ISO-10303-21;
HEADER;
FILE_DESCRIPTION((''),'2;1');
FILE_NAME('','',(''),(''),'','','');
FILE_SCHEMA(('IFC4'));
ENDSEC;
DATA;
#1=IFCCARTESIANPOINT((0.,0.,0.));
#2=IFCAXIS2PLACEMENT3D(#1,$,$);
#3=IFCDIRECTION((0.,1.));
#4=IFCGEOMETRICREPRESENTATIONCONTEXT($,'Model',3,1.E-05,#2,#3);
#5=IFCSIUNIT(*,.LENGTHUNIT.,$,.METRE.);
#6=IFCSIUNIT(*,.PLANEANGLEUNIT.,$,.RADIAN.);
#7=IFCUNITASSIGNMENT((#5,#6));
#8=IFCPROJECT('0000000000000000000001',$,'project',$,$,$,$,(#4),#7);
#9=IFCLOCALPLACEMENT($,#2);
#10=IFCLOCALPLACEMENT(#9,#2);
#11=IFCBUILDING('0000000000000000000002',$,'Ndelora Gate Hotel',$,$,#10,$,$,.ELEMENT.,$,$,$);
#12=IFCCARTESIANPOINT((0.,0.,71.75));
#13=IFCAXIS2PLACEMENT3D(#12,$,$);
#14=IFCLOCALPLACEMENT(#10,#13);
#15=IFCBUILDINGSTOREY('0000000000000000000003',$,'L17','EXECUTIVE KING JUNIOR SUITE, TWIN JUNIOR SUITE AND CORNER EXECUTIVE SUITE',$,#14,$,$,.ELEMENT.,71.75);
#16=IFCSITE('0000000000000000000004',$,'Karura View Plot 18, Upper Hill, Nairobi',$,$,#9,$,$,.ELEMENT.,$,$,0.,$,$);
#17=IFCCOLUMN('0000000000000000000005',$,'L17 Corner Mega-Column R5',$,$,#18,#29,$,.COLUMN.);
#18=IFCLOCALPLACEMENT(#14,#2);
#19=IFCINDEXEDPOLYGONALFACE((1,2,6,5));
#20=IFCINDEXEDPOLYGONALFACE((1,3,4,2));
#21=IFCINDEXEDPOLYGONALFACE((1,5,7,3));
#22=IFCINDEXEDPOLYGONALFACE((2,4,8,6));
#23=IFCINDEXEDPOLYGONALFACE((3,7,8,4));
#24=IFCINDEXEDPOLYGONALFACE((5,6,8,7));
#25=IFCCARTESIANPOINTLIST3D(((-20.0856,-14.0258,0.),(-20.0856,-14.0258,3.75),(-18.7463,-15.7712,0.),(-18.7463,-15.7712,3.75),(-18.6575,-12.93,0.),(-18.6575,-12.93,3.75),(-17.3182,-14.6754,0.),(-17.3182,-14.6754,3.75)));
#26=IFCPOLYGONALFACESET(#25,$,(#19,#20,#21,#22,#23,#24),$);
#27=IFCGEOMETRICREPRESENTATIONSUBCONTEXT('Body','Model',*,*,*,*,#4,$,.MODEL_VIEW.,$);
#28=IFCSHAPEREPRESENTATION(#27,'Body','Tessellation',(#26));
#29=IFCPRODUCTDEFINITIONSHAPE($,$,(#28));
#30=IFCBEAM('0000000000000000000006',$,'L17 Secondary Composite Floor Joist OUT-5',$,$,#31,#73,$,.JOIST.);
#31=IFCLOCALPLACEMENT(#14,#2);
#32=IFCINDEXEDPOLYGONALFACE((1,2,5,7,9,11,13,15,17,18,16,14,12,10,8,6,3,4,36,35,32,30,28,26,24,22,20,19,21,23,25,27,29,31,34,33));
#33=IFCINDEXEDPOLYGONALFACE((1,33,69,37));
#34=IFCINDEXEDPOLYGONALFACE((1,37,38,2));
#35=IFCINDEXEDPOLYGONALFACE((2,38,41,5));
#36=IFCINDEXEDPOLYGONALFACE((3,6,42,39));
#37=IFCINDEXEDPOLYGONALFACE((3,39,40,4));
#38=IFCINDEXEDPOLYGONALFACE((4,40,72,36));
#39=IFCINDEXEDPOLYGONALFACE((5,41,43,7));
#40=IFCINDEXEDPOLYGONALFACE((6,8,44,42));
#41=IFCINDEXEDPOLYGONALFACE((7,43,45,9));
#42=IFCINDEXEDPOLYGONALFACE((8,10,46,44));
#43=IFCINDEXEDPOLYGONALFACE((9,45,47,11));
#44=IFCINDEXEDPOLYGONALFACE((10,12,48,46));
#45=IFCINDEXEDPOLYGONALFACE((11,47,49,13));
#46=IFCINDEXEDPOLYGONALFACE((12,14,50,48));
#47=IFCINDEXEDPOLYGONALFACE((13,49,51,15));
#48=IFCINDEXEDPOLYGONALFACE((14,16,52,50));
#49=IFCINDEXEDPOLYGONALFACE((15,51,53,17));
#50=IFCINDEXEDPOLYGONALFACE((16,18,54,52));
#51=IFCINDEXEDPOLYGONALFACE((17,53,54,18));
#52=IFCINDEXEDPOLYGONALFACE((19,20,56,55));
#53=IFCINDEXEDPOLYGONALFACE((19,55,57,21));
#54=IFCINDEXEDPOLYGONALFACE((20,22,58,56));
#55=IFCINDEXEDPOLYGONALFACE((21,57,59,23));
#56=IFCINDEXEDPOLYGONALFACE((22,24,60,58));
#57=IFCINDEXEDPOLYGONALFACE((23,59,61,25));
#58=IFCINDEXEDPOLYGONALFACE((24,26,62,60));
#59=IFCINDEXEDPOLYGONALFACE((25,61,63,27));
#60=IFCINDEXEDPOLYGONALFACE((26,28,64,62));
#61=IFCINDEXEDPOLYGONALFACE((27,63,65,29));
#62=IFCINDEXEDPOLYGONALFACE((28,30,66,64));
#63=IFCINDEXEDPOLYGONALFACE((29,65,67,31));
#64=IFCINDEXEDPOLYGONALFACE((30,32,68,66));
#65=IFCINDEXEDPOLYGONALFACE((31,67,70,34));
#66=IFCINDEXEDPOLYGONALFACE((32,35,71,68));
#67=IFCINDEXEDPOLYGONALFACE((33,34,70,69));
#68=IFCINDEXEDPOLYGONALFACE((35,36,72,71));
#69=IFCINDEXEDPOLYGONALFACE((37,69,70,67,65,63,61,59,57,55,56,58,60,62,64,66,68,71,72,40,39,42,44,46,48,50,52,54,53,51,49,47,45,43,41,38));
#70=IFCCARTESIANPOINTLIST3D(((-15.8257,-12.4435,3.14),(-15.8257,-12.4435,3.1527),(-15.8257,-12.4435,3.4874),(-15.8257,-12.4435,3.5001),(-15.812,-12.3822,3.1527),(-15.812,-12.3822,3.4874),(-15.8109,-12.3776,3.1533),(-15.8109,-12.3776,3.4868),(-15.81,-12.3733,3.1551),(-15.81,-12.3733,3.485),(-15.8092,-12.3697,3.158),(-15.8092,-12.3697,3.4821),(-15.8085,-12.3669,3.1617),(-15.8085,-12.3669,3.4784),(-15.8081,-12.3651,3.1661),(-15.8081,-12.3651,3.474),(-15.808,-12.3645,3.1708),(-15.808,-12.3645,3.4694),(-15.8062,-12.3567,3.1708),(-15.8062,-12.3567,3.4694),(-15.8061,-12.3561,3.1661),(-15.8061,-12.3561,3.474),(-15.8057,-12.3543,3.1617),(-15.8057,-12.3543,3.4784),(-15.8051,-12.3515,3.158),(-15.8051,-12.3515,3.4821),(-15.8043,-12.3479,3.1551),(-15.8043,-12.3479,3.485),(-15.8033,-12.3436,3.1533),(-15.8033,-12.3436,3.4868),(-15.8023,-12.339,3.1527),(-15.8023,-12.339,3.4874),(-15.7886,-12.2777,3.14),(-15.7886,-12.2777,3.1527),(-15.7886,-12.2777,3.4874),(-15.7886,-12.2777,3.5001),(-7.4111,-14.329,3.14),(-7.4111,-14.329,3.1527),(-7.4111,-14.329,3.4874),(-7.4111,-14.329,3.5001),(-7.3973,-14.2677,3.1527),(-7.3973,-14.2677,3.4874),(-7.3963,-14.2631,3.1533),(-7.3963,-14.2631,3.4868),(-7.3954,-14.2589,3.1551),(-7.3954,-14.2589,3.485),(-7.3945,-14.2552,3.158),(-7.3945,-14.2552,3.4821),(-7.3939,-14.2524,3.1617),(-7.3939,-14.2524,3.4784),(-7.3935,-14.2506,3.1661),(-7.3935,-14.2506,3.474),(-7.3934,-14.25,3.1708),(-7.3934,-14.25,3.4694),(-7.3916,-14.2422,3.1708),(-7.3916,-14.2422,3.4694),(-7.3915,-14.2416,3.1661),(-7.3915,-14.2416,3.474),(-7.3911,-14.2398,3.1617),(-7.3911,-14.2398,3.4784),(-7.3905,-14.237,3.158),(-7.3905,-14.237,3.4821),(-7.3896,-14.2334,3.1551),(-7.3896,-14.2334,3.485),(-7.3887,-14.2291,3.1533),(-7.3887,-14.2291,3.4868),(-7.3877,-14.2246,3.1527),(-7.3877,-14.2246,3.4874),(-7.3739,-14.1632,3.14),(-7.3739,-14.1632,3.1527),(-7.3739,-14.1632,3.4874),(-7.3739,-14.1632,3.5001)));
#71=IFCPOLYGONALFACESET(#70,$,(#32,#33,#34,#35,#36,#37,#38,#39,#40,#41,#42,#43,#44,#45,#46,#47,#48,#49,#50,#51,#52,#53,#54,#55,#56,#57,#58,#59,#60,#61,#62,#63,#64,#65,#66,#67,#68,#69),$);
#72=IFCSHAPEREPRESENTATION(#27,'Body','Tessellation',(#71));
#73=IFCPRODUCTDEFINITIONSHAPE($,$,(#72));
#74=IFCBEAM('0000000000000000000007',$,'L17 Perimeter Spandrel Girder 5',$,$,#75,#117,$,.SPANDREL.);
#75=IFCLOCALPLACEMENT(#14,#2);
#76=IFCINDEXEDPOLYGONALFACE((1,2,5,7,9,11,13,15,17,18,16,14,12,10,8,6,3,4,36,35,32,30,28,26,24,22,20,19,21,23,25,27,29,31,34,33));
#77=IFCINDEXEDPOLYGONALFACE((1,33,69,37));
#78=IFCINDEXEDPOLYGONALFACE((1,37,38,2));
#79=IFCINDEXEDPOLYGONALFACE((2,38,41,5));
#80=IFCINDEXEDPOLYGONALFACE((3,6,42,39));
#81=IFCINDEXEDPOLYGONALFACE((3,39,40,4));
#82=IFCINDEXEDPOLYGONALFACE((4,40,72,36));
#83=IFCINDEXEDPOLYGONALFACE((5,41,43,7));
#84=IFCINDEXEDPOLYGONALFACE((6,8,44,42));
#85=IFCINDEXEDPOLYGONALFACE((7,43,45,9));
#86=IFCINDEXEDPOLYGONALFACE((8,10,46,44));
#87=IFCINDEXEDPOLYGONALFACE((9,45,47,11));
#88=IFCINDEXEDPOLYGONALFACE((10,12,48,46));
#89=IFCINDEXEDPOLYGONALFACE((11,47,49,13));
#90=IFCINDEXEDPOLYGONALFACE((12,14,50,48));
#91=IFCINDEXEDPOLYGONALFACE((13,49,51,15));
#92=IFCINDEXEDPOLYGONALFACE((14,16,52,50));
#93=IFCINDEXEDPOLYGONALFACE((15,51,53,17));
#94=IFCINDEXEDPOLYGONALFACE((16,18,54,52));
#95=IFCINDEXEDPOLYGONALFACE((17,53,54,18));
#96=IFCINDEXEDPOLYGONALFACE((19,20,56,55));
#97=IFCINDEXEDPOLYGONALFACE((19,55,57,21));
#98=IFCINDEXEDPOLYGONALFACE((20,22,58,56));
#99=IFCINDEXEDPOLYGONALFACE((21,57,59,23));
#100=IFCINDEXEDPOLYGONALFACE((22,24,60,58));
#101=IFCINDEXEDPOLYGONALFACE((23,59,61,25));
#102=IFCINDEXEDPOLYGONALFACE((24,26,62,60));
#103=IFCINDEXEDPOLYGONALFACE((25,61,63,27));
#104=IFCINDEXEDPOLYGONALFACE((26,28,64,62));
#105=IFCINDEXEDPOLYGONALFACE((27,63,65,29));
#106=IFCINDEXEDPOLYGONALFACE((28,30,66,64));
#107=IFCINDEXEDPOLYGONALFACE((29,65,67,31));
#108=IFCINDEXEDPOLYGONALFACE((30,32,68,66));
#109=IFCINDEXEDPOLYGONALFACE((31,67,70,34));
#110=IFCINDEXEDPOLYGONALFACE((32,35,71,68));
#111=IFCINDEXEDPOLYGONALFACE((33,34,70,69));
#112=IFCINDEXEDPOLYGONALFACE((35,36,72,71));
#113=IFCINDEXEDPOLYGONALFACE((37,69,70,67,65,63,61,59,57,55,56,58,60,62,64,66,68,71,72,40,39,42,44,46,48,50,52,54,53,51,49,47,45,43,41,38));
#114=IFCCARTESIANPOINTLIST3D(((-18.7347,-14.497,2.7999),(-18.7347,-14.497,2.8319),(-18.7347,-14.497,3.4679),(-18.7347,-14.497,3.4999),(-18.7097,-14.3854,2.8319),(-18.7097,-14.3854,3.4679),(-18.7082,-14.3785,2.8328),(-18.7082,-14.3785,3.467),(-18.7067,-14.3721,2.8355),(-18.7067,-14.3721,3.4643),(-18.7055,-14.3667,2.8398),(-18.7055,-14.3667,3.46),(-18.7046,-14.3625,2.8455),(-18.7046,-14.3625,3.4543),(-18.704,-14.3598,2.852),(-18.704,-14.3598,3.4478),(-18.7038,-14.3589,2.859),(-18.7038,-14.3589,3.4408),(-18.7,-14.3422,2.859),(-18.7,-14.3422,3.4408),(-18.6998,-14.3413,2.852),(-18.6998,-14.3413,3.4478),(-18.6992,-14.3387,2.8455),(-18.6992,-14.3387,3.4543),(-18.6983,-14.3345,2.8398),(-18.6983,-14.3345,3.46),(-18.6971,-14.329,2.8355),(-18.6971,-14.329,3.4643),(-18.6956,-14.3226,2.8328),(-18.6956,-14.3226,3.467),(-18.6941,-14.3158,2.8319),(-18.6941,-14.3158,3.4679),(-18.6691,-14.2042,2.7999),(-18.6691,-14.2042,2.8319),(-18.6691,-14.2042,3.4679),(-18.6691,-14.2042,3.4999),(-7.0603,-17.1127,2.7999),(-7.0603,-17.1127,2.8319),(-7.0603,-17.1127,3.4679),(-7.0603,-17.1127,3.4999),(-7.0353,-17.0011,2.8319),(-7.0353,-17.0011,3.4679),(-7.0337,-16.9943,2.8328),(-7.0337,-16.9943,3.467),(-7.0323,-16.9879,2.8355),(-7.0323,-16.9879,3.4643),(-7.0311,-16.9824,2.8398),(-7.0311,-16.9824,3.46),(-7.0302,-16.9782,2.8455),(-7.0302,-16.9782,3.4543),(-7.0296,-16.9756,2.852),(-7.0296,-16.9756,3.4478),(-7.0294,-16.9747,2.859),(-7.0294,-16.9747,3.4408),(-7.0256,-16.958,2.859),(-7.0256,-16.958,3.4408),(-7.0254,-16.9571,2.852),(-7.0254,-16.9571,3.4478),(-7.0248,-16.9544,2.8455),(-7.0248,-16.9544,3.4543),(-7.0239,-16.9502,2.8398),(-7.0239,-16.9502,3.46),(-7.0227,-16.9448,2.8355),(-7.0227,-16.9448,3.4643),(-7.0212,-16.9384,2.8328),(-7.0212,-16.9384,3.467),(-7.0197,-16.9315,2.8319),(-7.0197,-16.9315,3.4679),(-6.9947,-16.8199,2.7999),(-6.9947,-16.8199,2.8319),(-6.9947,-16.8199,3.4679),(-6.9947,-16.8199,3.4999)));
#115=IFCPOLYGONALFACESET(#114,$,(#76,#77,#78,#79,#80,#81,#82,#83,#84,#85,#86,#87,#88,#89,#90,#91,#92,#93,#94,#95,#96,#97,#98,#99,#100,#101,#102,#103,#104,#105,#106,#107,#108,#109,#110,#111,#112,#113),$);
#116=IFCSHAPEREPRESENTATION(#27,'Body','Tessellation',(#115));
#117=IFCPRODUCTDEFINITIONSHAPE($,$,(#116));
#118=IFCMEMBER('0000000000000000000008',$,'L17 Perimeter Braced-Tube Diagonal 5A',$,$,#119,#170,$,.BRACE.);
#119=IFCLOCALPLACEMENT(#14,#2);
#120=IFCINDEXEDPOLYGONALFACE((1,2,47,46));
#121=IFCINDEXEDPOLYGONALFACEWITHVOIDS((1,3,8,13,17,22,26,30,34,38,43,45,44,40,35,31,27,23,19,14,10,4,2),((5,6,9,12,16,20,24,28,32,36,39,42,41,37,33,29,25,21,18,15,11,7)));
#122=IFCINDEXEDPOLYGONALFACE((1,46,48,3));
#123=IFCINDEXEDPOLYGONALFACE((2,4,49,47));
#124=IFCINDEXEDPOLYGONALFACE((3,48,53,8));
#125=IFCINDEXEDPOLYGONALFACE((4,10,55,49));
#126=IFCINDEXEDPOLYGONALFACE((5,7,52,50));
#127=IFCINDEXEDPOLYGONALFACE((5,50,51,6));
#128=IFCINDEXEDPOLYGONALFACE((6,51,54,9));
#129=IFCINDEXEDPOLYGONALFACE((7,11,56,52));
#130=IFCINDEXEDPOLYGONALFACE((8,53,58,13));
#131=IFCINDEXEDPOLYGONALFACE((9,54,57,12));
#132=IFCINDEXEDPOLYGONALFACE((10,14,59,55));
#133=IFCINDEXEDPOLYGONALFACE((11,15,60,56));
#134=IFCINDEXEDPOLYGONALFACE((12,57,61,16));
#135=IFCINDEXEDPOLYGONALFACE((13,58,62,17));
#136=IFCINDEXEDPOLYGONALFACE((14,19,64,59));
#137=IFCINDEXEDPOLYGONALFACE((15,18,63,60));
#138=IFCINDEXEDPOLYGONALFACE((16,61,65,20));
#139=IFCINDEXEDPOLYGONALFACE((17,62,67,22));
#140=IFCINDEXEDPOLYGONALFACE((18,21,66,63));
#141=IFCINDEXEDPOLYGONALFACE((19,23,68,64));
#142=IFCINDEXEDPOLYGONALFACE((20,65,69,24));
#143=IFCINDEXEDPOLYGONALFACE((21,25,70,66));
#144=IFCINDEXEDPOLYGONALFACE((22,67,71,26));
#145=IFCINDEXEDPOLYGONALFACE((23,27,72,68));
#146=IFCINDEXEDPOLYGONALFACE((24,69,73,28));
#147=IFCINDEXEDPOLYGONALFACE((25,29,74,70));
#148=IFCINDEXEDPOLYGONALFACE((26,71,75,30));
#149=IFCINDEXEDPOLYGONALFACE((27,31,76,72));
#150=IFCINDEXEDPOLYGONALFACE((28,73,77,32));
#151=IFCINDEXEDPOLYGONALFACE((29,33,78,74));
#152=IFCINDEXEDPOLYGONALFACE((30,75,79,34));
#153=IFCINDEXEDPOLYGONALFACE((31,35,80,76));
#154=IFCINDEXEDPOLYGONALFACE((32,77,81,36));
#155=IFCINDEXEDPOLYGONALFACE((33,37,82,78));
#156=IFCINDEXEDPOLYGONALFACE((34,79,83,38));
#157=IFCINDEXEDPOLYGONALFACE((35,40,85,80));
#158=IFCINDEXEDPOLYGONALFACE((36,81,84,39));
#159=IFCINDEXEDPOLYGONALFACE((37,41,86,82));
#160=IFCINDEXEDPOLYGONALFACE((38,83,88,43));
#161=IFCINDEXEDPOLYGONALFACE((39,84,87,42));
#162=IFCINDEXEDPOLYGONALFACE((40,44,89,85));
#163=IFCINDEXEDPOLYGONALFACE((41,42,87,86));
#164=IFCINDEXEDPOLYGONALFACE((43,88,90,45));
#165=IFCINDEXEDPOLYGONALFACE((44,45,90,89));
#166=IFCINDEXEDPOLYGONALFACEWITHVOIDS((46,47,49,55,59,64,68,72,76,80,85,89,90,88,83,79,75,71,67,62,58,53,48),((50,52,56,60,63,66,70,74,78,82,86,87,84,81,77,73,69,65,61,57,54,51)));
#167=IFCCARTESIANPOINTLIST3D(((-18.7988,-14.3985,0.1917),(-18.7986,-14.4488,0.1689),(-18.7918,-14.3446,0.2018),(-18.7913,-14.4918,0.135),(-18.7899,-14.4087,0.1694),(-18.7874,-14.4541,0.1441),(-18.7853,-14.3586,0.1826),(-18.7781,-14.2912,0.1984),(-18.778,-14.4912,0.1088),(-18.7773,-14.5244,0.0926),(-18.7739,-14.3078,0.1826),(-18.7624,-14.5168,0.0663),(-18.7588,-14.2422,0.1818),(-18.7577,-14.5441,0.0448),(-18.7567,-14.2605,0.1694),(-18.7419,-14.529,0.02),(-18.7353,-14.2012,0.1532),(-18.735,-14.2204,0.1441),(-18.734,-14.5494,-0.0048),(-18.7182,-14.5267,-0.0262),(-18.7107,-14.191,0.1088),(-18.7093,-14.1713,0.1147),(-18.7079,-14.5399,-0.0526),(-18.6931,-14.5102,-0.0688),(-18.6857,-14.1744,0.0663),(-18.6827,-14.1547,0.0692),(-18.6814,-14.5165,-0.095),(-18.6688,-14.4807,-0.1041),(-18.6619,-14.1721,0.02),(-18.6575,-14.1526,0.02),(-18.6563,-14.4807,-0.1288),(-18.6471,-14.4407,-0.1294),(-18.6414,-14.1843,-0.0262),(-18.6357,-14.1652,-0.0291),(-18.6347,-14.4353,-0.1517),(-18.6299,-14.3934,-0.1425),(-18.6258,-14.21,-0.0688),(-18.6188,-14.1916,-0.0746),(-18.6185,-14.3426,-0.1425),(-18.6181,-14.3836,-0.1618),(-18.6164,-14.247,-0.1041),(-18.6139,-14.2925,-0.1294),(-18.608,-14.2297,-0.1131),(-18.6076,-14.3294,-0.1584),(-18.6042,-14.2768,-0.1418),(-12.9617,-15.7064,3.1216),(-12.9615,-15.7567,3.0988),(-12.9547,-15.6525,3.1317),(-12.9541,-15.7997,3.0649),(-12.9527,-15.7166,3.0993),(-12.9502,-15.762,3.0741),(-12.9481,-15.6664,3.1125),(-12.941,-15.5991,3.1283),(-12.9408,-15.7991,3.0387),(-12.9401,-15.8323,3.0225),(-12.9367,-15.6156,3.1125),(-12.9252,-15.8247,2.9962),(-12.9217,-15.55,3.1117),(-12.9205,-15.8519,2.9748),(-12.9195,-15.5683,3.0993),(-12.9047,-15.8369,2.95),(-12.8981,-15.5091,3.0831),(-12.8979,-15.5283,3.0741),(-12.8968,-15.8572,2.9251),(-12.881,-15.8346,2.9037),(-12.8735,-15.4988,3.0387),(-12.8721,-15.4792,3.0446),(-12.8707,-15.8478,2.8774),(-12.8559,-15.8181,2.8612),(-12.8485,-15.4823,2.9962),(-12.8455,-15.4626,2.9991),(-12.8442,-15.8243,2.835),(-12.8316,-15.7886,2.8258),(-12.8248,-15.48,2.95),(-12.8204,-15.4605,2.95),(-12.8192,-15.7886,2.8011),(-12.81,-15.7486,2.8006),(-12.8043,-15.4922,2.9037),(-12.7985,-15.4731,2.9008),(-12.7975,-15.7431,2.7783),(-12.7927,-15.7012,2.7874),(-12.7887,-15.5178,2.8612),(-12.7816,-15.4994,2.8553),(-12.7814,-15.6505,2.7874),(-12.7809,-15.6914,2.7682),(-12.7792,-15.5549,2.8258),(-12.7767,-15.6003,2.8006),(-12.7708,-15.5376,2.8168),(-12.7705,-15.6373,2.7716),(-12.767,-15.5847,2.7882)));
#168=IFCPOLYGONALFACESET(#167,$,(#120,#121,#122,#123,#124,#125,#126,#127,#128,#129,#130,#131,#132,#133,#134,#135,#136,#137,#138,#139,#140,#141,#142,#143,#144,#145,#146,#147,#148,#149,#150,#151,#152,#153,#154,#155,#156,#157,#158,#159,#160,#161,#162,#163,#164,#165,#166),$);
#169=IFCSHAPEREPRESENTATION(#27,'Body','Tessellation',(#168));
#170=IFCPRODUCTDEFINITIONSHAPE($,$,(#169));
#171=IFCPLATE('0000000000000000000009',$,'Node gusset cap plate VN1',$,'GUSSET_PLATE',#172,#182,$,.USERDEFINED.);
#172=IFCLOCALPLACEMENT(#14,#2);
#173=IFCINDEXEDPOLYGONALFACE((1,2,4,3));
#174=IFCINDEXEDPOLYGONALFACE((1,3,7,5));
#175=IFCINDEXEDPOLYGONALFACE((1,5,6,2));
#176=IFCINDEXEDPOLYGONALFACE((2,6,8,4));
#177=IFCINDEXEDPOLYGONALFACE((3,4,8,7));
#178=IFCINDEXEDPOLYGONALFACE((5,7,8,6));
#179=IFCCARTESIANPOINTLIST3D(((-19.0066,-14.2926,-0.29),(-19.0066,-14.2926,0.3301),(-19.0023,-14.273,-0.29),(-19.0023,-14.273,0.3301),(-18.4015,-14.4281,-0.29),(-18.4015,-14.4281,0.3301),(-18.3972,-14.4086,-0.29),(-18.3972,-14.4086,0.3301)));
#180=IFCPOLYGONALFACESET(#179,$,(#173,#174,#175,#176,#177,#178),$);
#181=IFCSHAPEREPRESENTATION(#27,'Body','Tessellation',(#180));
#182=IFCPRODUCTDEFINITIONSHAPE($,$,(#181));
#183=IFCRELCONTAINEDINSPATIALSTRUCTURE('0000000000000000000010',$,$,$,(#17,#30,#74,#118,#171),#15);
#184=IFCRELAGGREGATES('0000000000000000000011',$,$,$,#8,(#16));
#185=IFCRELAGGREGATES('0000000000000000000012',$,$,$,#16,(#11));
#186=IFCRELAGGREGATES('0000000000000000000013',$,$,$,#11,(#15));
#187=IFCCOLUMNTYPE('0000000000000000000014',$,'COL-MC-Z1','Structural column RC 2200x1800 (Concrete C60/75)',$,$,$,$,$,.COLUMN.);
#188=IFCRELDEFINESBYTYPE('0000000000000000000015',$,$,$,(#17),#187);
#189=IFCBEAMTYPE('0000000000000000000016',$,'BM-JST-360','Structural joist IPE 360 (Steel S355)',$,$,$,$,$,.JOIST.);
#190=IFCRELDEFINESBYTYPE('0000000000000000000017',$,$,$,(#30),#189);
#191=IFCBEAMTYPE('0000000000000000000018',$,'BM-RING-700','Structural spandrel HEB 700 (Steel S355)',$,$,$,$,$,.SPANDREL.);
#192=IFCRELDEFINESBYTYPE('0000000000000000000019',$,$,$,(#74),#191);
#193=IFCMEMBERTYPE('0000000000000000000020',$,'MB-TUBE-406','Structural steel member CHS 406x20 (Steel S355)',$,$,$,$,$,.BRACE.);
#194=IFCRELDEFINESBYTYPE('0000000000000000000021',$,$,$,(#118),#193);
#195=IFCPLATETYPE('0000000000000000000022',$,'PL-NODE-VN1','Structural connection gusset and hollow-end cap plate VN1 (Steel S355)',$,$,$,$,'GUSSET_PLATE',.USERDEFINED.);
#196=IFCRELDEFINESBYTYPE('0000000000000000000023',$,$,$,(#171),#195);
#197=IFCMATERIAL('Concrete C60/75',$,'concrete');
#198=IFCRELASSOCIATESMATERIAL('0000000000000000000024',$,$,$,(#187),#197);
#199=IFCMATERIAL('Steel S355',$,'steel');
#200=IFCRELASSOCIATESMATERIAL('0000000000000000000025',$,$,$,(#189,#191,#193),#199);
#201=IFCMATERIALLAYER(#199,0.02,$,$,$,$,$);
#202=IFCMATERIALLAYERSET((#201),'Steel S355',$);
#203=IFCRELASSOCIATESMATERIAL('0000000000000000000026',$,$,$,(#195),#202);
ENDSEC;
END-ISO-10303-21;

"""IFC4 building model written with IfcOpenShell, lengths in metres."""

from ifc_helpers import new_model, si_unit, direction, frame, origin, origin_2d, place, context, subcontext, project, spatial, rectangle, hollow_circle, i_section, extrude, material, layer, layer_set, material_profile, profile_set, type_object, element, save


model = new_model("IFC4")

# Units and contexts
model_context = context("Model", 3, precision=1e-05, world=origin(), true_north=direction((0.0, 1.0)))
body_context = subcontext(model_context, "Body", "Model", "MODEL_VIEW")
ifc_project = project(units=[si_unit("LENGTHUNIT", "METRE"), si_unit("PLANEANGLEUNIT", "RADIAN")], contexts=[model_context])

# Site, building, storey
site_placement = place(None, origin())
site = spatial("IfcSite", under=ifc_project, at=site_placement, Name="Karura View Plot 18, Upper Hill, Nairobi", CompositionType="ELEMENT", RefElevation=0.0)
building_placement = place(site_placement, origin())
building = spatial("IfcBuilding", under=site, at=building_placement, Name="Ndelora Gate Hotel", CompositionType="ELEMENT")
storey_placement = place(building_placement, frame((0.0, 0.0, 71.75)))
storey = spatial("IfcBuildingStorey", under=building, at=storey_placement, Name="L17", Description="EXECUTIVE KING JUNIOR SUITE, TWIN JUNIOR SUITE AND CORNER EXECUTIVE SUITE", CompositionType="ELEMENT", Elevation=71.75)

# Column
ifc_material_1 = material(Name="Concrete C60/75", Category="concrete")
ifc_material_profile_1 = material_profile(ifc_material_1, rectangle(XDim=1.8, YDim=2.2, at=origin_2d()), Name="RC 2200x1800")
ifc_profile_set_1 = profile_set([ifc_material_profile_1], Name="Concrete C60/75")
column_type = type_object("IfcColumnType", Name="COL-MC-Z1", Description="Structural column RC 2200x1800 (Concrete C60/75)", PredefinedType="COLUMN", material=ifc_profile_set_1)
column_placement = place(storey_placement, frame((-18.7019, -14.3506, 0.0), z_axis=(0.0, 0.0, 1.0), x_axis=(0.793353, 0.608761, 0.0)))
element("IfcColumn", 1, at=column_placement, inside=storey, type_object=column_type, Name="L17 Corner Mega-Column R5", PredefinedType="COLUMN", context=body_context, shape_type="SweptSolid", body=[
    extrude(rectangle(XDim=1.8, YDim=2.2, at=origin_2d()), origin(), (0.0, 0.0, 1.0), 3.75),
])

# Beams
ifc_material_2 = material(Name="Steel S355", Category="steel")
ifc_material_profile_2 = material_profile(ifc_material_2, i_section(OverallWidth=0.1699, OverallDepth=0.3601, WebThickness=0.0081, FlangeThickness=0.0127, FilletRadius=0.0181, at=origin_2d()), Name="IPE 360")
ifc_profile_set_2 = profile_set([ifc_material_profile_2], Name="Steel S355")
beam_type_1 = type_object("IfcBeamType", Name="BM-JST-360", Description="Structural joist IPE 360 (Steel S355)", PredefinedType="JOIST", material=ifc_profile_set_2)
beam_1_placement = place(storey_placement, frame((-15.8071, -12.3606, 3.3201), z_axis=(0.975802, -0.218654, 0.0), x_axis=(0.218654, 0.975802, 0.0)))
element("IfcBeam", 2, at=beam_1_placement, inside=storey, type_object=beam_type_1, Name="L17 Secondary Composite Floor Joist OUT-5", PredefinedType="JOIST", context=body_context, shape_type="SweptSolid", body=[
    extrude(i_section(OverallWidth=0.1699, OverallDepth=0.3601, WebThickness=0.0081, FlangeThickness=0.0127, FilletRadius=0.0181, at=origin_2d()), origin(), (0.0, 0.0, 1.0), 8.6233),
])
ifc_material_profile_3 = material_profile(ifc_material_2, i_section(OverallWidth=0.3, OverallDepth=0.7, WebThickness=0.0171, FlangeThickness=0.032, FilletRadius=0.0271, at=origin_2d()), Name="HEB 700")
ifc_profile_set_3 = profile_set([ifc_material_profile_3], Name="Steel S355")
beam_type_2 = type_object("IfcBeamType", Name="BM-RING-700", Description="Structural spandrel HEB 700 (Steel S355)", PredefinedType="SPANDREL", material=ifc_profile_set_3)
beam_2_placement = place(storey_placement, frame((-18.7019, -14.3506, 3.1499), z_axis=(0.975806, -0.218637, 0.0), x_axis=(0.218637, 0.975806, 0.0)))
element("IfcBeam", 3, at=beam_2_placement, inside=storey, type_object=beam_type_2, Name="L17 Perimeter Spandrel Girder 5", PredefinedType="SPANDREL", context=body_context, shape_type="SweptSolid", body=[
    extrude(i_section(OverallWidth=0.3, OverallDepth=0.7, WebThickness=0.0171, FlangeThickness=0.032, FilletRadius=0.0271, at=origin_2d()), origin(), (0.0, 0.0, 1.0), 11.9639),
])

# Member
ifc_material_profile_4 = material_profile(ifc_material_2, hollow_circle(Radius=0.2029, WallThickness=0.02, at=origin_2d()), Name="CHS 406x20")
ifc_profile_set_4 = profile_set([ifc_material_profile_4], Name="Steel S355")
member_type = type_object("IfcMemberType", Name="MB-TUBE-406", Description="Structural steel member CHS 406x20 (Steel S355)", PredefinedType="BRACE", material=ifc_profile_set_4)
member_placement = place(storey_placement, frame((-18.7019, -14.3506, 0.02), z_axis=(0.876333, -0.196349, 0.439871), x_axis=(0.218637, 0.975806, 0.0)))
element("IfcMember", 4, at=member_placement, inside=storey, type_object=member_type, Name="L17 Perimeter Braced-Tube Diagonal 5A", PredefinedType="BRACE", context=body_context, shape_type="SweptSolid", body=[
    extrude(hollow_circle(Radius=0.2029, WallThickness=0.02, at=origin_2d()), origin(), (0.0, 0.0, 1.0), 6.6609),
])

# Plate
ifc_layer_1 = layer(ifc_material_2, 0.02)
ifc_layer_set_1 = layer_set([ifc_layer_1], Name="Steel S355")
plate_type = type_object("IfcPlateType", Name="PL-NODE-VN1", Description="Structural connection gusset and hollow-end cap plate VN1 (Steel S355)", ElementType="GUSSET_PLATE", PredefinedType="USERDEFINED", material=ifc_layer_set_1)
for number, where, z_axis, x_axis, name in (
    (5, (-18.7019, -14.3506, -0.29), (0.0, 0.0, 1.0), (-0.975802, 0.218654, 0.0), "Node gusset cap plate VN1"),
):
    element("IfcPlate", number, at=place(storey_placement, frame(where, z_axis=z_axis, x_axis=x_axis)), inside=storey, type_object=plate_type, Name=name, ObjectType="GUSSET_PLATE", PredefinedType="USERDEFINED", context=body_context, shape_type="SweptSolid", body=[
        extrude(rectangle(XDim=0.6201, YDim=0.02, at=origin_2d()), origin(), (0.0, 0.0, 1.0), 0.6201),
    ])

save(model, "model.ifc")
